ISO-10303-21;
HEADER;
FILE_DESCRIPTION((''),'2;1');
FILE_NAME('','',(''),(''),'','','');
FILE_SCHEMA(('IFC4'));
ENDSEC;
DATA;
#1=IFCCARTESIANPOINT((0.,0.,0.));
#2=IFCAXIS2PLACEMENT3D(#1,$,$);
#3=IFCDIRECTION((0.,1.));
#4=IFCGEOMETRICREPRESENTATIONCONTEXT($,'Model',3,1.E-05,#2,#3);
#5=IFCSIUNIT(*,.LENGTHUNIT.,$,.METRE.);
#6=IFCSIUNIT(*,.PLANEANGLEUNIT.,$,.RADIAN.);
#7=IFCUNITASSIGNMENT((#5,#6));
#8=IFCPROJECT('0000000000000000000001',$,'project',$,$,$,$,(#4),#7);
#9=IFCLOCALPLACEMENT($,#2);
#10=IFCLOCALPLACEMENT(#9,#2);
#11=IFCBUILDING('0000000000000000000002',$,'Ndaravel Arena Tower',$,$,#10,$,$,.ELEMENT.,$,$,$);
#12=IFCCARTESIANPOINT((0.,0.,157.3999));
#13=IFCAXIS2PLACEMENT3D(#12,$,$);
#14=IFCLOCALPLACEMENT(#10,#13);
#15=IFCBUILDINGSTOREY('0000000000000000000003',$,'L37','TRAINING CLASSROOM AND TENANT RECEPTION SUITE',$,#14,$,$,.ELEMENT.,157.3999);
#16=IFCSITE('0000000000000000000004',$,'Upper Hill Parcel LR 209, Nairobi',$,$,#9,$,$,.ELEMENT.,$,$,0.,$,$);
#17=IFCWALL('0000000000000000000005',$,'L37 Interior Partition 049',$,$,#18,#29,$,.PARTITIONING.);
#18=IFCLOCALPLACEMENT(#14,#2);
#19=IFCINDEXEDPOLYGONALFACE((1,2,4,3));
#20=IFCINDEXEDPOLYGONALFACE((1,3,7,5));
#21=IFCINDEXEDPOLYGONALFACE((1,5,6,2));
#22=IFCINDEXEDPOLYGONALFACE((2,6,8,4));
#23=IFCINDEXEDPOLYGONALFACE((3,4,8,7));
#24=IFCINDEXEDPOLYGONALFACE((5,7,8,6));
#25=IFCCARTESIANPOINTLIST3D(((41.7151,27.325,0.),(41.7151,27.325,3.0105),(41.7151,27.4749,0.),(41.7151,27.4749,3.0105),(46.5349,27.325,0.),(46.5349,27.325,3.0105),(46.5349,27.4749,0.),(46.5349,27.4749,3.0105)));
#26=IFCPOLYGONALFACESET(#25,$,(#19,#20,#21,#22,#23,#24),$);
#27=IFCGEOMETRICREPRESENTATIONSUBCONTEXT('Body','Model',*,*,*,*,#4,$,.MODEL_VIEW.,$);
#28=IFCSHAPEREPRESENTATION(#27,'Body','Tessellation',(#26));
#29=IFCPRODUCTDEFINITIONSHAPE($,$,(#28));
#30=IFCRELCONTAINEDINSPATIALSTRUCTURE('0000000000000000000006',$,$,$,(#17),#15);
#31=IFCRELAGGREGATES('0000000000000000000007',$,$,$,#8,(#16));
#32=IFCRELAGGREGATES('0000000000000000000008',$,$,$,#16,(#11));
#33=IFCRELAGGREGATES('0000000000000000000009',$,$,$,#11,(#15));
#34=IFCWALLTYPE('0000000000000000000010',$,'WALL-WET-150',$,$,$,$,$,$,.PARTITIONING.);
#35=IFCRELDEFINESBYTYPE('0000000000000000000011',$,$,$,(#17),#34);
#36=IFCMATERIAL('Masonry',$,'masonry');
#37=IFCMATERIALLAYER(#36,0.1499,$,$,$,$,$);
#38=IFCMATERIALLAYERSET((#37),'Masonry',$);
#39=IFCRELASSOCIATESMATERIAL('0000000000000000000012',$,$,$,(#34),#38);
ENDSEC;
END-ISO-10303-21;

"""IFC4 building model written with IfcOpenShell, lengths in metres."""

from ifc_helpers import new_model, si_unit, direction, frame, frame_2d, origin, place, context, subcontext, project, spatial, rectangle, extrude, material, layer, layer_set, type_object, element, save


model = new_model("IFC4")

# Units and contexts
model_context = context("Model", 3, precision=1e-05, world=origin(), true_north=direction((0.0, 1.0)))
body_context = subcontext(model_context, "Body", "Model", "MODEL_VIEW")
ifc_project = project(units=[si_unit("LENGTHUNIT", "METRE"), si_unit("PLANEANGLEUNIT", "RADIAN")], contexts=[model_context])

# Site, building, storey
site_placement = place(None, origin())
site = spatial("IfcSite", under=ifc_project, at=site_placement, Name="Upper Hill Parcel LR 209, Nairobi", CompositionType="ELEMENT", RefElevation=0.0)
building_placement = place(site_placement, origin())
building = spatial("IfcBuilding", under=site, at=building_placement, Name="Ndaravel Arena Tower", CompositionType="ELEMENT")
storey_placement = place(building_placement, frame((0.0, 0.0, 157.3999)))
storey = spatial("IfcBuildingStorey", under=building, at=storey_placement, Name="L37", Description="TRAINING CLASSROOM AND TENANT RECEPTION SUITE", CompositionType="ELEMENT", Elevation=157.3999)

# Shared definitions
ifc_material_1 = material(Name="Masonry", Category="masonry")
ifc_layer_1 = layer(ifc_material_1, 0.1499)
ifc_layer_set_1 = layer_set([ifc_layer_1], Name="Masonry")
wall_type_1 = type_object("IfcWallType", Name="WALL-WET-150", PredefinedType="PARTITIONING", material=ifc_layer_set_1)

# Wall
wall_1_placement = place(storey_placement, frame((41.7151, 27.3999, 0.0), z_axis=(0.0, 0.0, 1.0), x_axis=(1.0, 0.0, 0.0)))
element("IfcWall", 1, at=wall_1_placement, inside=storey, type_object=wall_type_1, Name="L37 Interior Partition 049", PredefinedType="PARTITIONING", context=body_context, shape_type="SweptSolid", body=[
    extrude(rectangle(XDim=4.8198, YDim=0.1499, at=frame_2d((2.4099, 0.0))), origin(), (0.0, 0.0, 1.0), 3.0105),
])

save(model, "model.ifc")
